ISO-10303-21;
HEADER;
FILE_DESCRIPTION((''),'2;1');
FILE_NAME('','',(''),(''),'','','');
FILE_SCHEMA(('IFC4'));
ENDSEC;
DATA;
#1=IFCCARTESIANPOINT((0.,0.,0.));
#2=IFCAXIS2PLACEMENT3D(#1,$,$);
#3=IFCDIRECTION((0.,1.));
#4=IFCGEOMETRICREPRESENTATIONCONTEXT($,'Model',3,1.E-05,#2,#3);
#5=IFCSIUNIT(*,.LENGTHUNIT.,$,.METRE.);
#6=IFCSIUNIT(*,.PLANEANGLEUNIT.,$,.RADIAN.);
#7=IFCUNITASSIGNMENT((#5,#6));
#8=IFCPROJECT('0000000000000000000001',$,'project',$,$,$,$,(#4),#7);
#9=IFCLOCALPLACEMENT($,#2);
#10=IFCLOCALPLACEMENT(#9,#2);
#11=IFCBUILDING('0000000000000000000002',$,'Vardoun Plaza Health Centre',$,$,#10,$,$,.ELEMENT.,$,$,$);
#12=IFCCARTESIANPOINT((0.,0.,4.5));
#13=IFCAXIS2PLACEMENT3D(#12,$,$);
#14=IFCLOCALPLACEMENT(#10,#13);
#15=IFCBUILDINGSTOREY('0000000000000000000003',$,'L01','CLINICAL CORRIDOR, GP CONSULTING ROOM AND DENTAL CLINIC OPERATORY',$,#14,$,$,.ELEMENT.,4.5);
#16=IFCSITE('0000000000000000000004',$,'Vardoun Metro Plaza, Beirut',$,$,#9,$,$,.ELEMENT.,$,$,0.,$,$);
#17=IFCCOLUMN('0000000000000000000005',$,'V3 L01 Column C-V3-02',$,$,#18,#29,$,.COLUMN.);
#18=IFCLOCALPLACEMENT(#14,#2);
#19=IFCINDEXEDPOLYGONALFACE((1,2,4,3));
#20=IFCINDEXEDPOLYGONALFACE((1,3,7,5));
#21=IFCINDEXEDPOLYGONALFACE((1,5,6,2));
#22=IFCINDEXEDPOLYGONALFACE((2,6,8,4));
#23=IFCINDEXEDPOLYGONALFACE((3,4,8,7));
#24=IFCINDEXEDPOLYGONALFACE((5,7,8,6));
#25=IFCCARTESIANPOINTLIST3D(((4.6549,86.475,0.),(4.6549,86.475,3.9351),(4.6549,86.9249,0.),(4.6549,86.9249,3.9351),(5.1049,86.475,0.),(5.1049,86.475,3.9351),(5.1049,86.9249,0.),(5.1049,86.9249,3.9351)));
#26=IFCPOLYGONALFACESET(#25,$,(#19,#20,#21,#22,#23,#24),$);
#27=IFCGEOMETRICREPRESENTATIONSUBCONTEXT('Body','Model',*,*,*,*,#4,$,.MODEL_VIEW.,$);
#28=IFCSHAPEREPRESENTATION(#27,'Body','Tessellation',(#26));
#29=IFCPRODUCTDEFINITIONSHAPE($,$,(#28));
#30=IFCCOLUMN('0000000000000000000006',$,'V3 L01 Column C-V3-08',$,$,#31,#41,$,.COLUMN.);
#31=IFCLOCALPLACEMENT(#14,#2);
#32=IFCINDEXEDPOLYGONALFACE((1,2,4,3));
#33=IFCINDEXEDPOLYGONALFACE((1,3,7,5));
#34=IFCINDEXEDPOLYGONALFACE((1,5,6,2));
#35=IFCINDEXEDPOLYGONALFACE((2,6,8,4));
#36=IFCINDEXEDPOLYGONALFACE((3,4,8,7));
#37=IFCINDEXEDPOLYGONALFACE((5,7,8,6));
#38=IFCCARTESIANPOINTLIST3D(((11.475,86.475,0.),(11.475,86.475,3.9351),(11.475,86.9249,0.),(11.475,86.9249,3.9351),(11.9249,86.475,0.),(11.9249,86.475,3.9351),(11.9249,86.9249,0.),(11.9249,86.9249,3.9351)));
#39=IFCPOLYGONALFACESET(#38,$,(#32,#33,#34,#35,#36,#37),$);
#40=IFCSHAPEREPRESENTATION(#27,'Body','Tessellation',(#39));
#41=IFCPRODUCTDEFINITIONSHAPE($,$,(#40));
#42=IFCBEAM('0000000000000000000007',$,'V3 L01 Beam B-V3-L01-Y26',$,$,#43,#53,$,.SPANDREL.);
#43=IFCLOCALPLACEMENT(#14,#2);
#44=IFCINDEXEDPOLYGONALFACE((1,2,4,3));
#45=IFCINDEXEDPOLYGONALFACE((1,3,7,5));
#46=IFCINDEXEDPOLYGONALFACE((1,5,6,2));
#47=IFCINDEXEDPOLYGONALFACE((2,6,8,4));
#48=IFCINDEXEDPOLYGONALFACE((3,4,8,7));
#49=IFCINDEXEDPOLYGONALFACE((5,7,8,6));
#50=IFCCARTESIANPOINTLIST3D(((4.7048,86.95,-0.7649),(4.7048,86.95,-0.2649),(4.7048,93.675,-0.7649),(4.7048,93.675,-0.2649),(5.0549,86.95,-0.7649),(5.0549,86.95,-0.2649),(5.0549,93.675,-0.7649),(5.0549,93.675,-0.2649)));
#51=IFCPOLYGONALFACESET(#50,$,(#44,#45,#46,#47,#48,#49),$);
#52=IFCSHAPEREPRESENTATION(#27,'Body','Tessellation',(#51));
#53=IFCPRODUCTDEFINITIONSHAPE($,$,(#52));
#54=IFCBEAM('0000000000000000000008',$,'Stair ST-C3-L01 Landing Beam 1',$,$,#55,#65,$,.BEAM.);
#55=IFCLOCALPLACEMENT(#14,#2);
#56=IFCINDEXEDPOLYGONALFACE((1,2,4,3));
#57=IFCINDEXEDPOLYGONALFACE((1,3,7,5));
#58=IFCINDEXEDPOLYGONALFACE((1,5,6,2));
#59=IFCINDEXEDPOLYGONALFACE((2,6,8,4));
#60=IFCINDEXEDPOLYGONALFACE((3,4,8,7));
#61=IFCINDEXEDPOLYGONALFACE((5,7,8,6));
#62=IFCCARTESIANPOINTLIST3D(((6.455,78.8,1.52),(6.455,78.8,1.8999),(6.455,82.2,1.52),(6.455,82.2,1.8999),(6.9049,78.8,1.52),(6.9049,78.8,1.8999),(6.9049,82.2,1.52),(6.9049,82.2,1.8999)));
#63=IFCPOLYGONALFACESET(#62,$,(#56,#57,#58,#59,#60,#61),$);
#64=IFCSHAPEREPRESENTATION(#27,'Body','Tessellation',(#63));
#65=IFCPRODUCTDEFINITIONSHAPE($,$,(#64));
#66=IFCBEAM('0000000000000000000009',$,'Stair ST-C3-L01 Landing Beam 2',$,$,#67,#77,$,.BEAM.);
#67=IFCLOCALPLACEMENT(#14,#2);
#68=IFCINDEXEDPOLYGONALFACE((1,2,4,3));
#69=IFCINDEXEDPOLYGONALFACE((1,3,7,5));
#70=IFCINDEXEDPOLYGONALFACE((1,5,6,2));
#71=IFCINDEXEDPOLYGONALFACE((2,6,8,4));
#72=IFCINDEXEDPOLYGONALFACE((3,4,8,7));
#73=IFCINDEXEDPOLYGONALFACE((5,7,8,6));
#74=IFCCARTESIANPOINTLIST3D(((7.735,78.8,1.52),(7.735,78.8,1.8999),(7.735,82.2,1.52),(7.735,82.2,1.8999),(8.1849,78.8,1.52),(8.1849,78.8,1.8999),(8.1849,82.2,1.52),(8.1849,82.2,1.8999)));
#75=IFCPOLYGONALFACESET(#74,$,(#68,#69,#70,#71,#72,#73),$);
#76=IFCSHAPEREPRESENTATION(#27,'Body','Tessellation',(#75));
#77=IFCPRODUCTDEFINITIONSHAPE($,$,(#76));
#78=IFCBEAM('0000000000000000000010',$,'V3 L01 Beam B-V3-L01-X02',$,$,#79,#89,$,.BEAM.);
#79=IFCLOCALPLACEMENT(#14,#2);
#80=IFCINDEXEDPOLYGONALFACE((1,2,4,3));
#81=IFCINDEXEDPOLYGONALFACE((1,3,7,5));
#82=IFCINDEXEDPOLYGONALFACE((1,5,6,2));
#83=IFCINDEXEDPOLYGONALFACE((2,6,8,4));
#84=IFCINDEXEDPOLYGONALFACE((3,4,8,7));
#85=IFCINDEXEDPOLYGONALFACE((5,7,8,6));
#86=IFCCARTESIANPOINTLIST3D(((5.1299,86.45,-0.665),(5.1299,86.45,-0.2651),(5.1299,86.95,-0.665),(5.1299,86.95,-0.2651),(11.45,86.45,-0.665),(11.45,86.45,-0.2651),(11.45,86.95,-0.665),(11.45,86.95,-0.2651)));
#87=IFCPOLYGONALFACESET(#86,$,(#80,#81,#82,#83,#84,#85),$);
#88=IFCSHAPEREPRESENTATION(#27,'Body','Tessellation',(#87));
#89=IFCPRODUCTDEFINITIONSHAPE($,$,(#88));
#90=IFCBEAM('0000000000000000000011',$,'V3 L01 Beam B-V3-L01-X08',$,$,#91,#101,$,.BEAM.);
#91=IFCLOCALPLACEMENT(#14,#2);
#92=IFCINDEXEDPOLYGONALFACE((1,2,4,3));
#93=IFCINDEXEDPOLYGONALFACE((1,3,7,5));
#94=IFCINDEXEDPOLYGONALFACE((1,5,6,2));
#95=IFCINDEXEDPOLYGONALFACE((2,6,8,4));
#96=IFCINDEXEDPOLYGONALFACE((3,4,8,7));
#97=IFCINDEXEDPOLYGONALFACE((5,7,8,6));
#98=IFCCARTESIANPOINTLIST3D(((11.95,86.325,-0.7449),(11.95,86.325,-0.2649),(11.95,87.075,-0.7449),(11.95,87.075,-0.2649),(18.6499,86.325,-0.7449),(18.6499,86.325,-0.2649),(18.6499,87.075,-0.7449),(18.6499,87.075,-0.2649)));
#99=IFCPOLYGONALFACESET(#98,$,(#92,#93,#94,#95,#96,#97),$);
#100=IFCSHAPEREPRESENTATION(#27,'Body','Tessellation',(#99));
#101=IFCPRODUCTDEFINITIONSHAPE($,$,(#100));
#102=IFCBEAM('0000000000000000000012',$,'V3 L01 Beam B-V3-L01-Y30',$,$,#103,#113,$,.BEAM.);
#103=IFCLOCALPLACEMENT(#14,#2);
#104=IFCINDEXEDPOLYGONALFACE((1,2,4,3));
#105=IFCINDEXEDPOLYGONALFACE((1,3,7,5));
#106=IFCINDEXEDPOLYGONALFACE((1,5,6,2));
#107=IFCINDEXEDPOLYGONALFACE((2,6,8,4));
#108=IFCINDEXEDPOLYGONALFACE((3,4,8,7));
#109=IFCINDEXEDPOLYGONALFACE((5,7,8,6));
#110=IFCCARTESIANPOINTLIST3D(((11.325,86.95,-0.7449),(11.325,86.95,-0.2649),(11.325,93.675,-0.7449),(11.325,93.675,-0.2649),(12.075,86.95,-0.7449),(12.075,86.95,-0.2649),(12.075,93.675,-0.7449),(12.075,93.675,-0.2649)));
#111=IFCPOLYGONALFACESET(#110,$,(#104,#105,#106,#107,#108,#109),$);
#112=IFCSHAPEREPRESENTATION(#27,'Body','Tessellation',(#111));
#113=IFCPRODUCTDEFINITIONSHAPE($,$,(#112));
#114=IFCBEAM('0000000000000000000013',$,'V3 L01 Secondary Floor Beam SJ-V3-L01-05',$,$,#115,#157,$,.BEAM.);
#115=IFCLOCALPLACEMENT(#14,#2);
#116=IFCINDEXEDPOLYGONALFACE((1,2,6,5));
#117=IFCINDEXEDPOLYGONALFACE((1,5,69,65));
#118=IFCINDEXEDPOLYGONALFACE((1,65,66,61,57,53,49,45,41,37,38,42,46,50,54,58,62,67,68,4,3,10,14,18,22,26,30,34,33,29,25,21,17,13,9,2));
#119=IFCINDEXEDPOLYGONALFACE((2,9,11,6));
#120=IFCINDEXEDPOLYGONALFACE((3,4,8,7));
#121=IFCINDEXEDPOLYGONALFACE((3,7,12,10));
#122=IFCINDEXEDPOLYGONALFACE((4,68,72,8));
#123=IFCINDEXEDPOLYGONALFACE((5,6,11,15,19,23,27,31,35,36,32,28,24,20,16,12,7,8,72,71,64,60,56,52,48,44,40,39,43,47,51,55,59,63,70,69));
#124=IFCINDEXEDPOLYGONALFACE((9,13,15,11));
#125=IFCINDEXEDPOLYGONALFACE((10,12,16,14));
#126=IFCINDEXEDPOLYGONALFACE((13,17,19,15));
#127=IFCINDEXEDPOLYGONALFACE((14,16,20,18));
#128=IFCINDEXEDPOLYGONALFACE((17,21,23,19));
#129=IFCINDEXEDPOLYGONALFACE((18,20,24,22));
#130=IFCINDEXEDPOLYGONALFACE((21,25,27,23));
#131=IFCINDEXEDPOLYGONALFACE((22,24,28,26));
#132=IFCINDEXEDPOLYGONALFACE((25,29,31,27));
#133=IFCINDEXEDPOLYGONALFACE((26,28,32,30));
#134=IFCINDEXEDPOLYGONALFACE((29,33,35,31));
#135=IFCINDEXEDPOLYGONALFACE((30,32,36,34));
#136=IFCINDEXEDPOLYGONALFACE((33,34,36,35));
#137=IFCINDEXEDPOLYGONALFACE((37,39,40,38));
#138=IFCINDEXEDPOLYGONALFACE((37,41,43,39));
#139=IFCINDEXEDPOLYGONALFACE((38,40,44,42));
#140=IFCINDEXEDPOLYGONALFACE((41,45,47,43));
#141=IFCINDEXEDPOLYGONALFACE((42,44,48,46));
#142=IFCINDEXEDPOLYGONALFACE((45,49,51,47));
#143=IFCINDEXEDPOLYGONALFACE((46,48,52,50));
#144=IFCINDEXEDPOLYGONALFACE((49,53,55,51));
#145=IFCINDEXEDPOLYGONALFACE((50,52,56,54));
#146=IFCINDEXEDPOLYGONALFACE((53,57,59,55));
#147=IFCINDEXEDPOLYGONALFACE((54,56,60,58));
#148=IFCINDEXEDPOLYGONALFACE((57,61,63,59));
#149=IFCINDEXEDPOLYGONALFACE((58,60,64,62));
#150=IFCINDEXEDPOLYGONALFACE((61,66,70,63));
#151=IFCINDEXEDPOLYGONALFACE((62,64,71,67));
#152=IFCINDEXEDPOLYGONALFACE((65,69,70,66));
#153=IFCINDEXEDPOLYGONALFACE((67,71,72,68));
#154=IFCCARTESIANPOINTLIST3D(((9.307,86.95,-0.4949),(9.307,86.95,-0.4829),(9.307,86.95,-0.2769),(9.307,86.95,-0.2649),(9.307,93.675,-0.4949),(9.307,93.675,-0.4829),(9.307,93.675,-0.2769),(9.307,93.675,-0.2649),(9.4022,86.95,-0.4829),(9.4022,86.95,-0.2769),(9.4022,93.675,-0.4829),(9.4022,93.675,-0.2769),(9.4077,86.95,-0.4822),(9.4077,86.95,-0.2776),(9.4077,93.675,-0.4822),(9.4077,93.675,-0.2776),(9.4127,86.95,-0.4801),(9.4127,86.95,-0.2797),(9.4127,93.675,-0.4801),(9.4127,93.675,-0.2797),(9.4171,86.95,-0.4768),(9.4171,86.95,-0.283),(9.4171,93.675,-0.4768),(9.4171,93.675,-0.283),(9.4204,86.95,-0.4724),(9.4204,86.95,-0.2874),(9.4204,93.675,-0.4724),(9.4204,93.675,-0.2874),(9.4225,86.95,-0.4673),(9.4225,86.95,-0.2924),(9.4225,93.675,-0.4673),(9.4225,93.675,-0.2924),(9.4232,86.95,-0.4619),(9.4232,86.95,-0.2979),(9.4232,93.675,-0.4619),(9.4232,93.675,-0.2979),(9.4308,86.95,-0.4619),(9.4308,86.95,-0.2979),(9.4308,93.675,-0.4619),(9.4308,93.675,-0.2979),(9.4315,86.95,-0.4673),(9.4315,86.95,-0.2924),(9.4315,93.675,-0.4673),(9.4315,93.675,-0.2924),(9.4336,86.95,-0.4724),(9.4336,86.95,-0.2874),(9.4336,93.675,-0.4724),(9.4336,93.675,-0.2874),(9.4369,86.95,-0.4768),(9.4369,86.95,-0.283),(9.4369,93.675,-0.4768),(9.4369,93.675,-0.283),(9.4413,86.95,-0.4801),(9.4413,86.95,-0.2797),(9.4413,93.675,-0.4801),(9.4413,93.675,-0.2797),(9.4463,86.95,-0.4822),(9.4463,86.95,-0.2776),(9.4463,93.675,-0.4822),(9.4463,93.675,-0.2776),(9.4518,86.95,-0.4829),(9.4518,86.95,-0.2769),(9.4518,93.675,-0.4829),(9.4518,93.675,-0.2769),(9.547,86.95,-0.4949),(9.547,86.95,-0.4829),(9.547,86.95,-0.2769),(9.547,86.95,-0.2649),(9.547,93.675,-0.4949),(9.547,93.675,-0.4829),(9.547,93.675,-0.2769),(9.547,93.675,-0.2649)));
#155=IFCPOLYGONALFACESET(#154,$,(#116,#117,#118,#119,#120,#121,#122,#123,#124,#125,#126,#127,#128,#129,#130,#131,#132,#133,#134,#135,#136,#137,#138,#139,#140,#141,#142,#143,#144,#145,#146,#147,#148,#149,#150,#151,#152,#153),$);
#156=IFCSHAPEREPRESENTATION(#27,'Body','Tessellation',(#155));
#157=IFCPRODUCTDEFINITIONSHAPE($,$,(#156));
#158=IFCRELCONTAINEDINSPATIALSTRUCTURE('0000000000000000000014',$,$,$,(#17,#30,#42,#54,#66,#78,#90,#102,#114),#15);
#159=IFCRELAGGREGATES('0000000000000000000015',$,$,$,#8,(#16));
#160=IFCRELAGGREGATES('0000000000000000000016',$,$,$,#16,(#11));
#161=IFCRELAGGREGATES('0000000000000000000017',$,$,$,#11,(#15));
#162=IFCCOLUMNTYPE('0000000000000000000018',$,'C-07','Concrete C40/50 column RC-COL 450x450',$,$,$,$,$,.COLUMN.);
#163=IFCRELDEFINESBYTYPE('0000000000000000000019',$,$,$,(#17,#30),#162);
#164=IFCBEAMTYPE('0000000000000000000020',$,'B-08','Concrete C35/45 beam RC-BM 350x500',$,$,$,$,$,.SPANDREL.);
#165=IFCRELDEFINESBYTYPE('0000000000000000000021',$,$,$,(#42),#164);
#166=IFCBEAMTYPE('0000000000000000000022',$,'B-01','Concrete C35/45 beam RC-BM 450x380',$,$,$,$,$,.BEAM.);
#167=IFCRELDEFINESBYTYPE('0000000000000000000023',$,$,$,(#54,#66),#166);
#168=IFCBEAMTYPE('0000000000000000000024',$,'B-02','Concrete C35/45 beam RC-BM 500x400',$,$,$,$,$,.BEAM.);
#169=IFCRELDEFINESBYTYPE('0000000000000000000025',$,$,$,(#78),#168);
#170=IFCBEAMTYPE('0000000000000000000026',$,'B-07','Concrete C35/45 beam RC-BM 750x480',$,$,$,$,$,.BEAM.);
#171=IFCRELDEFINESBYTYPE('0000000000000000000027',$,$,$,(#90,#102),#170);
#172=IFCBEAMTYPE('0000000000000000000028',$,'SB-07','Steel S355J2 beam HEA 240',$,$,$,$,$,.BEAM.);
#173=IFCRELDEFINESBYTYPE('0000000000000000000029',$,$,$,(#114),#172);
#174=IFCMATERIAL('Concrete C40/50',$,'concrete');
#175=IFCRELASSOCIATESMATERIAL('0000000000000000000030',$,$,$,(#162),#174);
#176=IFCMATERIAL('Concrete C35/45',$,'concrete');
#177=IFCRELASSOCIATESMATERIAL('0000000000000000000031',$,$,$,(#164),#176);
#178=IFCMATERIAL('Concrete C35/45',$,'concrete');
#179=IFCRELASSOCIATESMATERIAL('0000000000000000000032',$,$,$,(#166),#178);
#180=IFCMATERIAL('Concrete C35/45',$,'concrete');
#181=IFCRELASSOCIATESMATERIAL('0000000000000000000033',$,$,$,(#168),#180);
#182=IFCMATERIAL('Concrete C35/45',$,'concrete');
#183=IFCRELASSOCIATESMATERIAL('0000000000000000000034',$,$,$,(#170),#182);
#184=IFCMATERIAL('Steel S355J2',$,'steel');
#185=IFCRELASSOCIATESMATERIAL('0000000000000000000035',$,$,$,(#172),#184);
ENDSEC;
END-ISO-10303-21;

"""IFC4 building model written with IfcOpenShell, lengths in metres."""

from ifc_helpers import new_model, si_unit, direction, frame, origin, origin_2d, place, context, subcontext, project, spatial, rectangle, i_section, extrude, material, material_profile, profile_set, type_object, element, save


model = new_model("IFC4")

# Units and contexts
model_context = context("Model", 3, precision=1e-05, world=origin(), true_north=direction((0.0, 1.0)))
body_context = subcontext(model_context, "Body", "Model", "MODEL_VIEW")
ifc_project = project(units=[si_unit("LENGTHUNIT", "METRE"), si_unit("PLANEANGLEUNIT", "RADIAN")], contexts=[model_context])

# Site, building, storey
site_placement = place(None, origin())
site = spatial("IfcSite", under=ifc_project, at=site_placement, Name="Vardoun Metro Plaza, Beirut", CompositionType="ELEMENT", RefElevation=0.0)
building_placement = place(site_placement, origin())
building = spatial("IfcBuilding", under=site, at=building_placement, Name="Vardoun Plaza Health Centre", CompositionType="ELEMENT")
storey_placement = place(building_placement, frame((0.0, 0.0, 4.5)))
storey = spatial("IfcBuildingStorey", under=building, at=storey_placement, Name="L01", Description="CLINICAL CORRIDOR, GP CONSULTING ROOM AND DENTAL CLINIC OPERATORY", CompositionType="ELEMENT", Elevation=4.5)

# Columns
ifc_material_1 = material(Name="Concrete C40/50", Category="concrete")
ifc_material_profile_1 = material_profile(ifc_material_1, rectangle(XDim=0.45, YDim=0.45, at=origin_2d()), Name="RC-COL 450x450")
ifc_profile_set_1 = profile_set([ifc_material_profile_1], Name="Concrete C40/50")
column_type = type_object("IfcColumnType", Name="C-07", Description="Concrete C40/50 column RC-COL 450x450", PredefinedType="COLUMN", material=ifc_profile_set_1)
for number, where, z_axis, x_axis, name in (
    (1, (4.8799, 86.7, 0.0), (0.0, 0.0, 1.0), (1.0, 0.0, 0.0), "V3 L01 Column C-V3-02"),
    (2, (11.7, 86.7, 0.0), (0.0, 0.0, 1.0), (1.0, 0.0, 0.0), "V3 L01 Column C-V3-08"),
):
    element("IfcColumn", number, at=place(storey_placement, frame(where, z_axis=z_axis, x_axis=x_axis)), inside=storey, type_object=column_type, Name=name, PredefinedType="COLUMN", context=body_context, shape_type="SweptSolid", body=[
        extrude(rectangle(XDim=0.45, YDim=0.45, at=origin_2d()), origin(), (0.0, 0.0, 1.0), 3.9351),
    ])

# Beams
ifc_material_2 = material(Name="Concrete C35/45", Category="concrete")
ifc_material_profile_2 = material_profile(ifc_material_2, rectangle(XDim=0.3501, YDim=0.5, at=origin_2d()), Name="RC-BM 350x500")
ifc_profile_set_2 = profile_set([ifc_material_profile_2], Name="Concrete C35/45")
beam_type_1 = type_object("IfcBeamType", Name="B-08", Description="Concrete C35/45 beam RC-BM 350x500", PredefinedType="SPANDREL", material=ifc_profile_set_2)
beam_1_placement = place(storey_placement, frame((4.8799, 86.95, -0.5149), z_axis=(0.0, 1.0, 0.0), x_axis=(-1.0, 0.0, 0.0)))
element("IfcBeam", 3, at=beam_1_placement, inside=storey, type_object=beam_type_1, Name="V3 L01 Beam B-V3-L01-Y26", PredefinedType="SPANDREL", context=body_context, shape_type="SweptSolid", body=[
    extrude(rectangle(XDim=0.3501, YDim=0.5, at=origin_2d()), origin(), (0.0, 0.0, 1.0), 6.7251),
])
ifc_material_3 = material(Name="Concrete C35/45", Category="concrete")
ifc_material_profile_3 = material_profile(ifc_material_3, rectangle(XDim=0.45, YDim=0.3799, at=origin_2d()), Name="RC-BM 450x380")
ifc_profile_set_3 = profile_set([ifc_material_profile_3], Name="Concrete C35/45")
beam_type_2 = type_object("IfcBeamType", Name="B-01", Description="Concrete C35/45 beam RC-BM 450x380", PredefinedType="BEAM", material=ifc_profile_set_3)
for number, where, z_axis, x_axis, name in (
    (4, (6.6799, 78.8, 1.71), (0.0, 1.0, 0.0), (-1.0, 0.0, 0.0), "Stair ST-C3-L01 Landing Beam 1"),
    (5, (7.96, 78.8, 1.71), (0.0, 1.0, 0.0), (-1.0, 0.0, 0.0), "Stair ST-C3-L01 Landing Beam 2"),
):
    element("IfcBeam", number, at=place(storey_placement, frame(where, z_axis=z_axis, x_axis=x_axis)), inside=storey, type_object=beam_type_2, Name=name, PredefinedType="BEAM", context=body_context, shape_type="SweptSolid", body=[
        extrude(rectangle(XDim=0.45, YDim=0.3799, at=origin_2d()), origin(), (0.0, 0.0, 1.0), 3.3999),
    ])
ifc_material_4 = material(Name="Concrete C35/45", Category="concrete")
ifc_material_profile_4 = material_profile(ifc_material_4, rectangle(XDim=0.5, YDim=0.3999, at=origin_2d()), Name="RC-BM 500x400")
ifc_profile_set_4 = profile_set([ifc_material_profile_4], Name="Concrete C35/45")
beam_type_3 = type_object("IfcBeamType", Name="B-02", Description="Concrete C35/45 beam RC-BM 500x400", PredefinedType="BEAM", material=ifc_profile_set_4)
beam_2_placement = place(storey_placement, frame((5.1299, 86.7, -0.4651), z_axis=(1.0, 0.0, 0.0), x_axis=(0.0, 1.0, 0.0)))
element("IfcBeam", 6, at=beam_2_placement, inside=storey, type_object=beam_type_3, Name="V3 L01 Beam B-V3-L01-X02", PredefinedType="BEAM", context=body_context, shape_type="SweptSolid", body=[
    extrude(rectangle(XDim=0.5, YDim=0.3999, at=origin_2d()), origin(), (0.0, 0.0, 1.0), 6.3201),
])
ifc_material_5 = material(Name="Concrete C35/45", Category="concrete")
ifc_material_profile_5 = material_profile(ifc_material_5, rectangle(XDim=0.75, YDim=0.48, at=origin_2d()), Name="RC-BM 750x480")
ifc_profile_set_5 = profile_set([ifc_material_profile_5], Name="Concrete C35/45")
beam_type_4 = type_object("IfcBeamType", Name="B-07", Description="Concrete C35/45 beam RC-BM 750x480", PredefinedType="BEAM", material=ifc_profile_set_5)
beam_3_placement = place(storey_placement, frame((11.95, 86.7, -0.5049), z_axis=(1.0, 0.0, 0.0), x_axis=(0.0, 1.0, 0.0)))
element("IfcBeam", 7, at=beam_3_placement, inside=storey, type_object=beam_type_4, Name="V3 L01 Beam B-V3-L01-X08", PredefinedType="BEAM", context=body_context, shape_type="SweptSolid", body=[
    extrude(rectangle(XDim=0.75, YDim=0.48, at=origin_2d()), origin(), (0.0, 0.0, 1.0), 6.7),
])
beam_4_placement = place(storey_placement, frame((11.7, 86.95, -0.5049), z_axis=(0.0, 1.0, 0.0), x_axis=(-1.0, 0.0, 0.0)))
element("IfcBeam", 8, at=beam_4_placement, inside=storey, type_object=beam_type_4, Name="V3 L01 Beam B-V3-L01-Y30", PredefinedType="BEAM", context=body_context, shape_type="SweptSolid", body=[
    extrude(rectangle(XDim=0.75, YDim=0.48, at=origin_2d()), origin(), (0.0, 0.0, 1.0), 6.7251),
])
ifc_material_6 = material(Name="Steel S355J2", Category="steel")
ifc_material_profile_6 = material_profile(ifc_material_6, i_section(OverallWidth=0.24, OverallDepth=0.23, WebThickness=0.0076, FlangeThickness=0.012, FilletRadius=0.021, at=origin_2d()), Name="HEA 240")
ifc_profile_set_6 = profile_set([ifc_material_profile_6], Name="Steel S355J2")
beam_type_5 = type_object("IfcBeamType", Name="SB-07", Description="Steel S355J2 beam HEA 240", PredefinedType="BEAM", material=ifc_profile_set_6)
beam_5_placement = place(storey_placement, frame((9.427, 86.95, -0.3799), z_axis=(0.0, 1.0, 0.0), x_axis=(-1.0, 0.0, 0.0)))
element("IfcBeam", 9, at=beam_5_placement, inside=storey, type_object=beam_type_5, Name="V3 L01 Secondary Floor Beam SJ-V3-L01-05", PredefinedType="BEAM", context=body_context, shape_type="SweptSolid", body=[
    extrude(i_section(OverallWidth=0.24, OverallDepth=0.23, WebThickness=0.0076, FlangeThickness=0.012, FilletRadius=0.021, at=origin_2d()), origin(), (0.0, 0.0, 1.0), 6.7251),
])

save(model, "model.ifc")
